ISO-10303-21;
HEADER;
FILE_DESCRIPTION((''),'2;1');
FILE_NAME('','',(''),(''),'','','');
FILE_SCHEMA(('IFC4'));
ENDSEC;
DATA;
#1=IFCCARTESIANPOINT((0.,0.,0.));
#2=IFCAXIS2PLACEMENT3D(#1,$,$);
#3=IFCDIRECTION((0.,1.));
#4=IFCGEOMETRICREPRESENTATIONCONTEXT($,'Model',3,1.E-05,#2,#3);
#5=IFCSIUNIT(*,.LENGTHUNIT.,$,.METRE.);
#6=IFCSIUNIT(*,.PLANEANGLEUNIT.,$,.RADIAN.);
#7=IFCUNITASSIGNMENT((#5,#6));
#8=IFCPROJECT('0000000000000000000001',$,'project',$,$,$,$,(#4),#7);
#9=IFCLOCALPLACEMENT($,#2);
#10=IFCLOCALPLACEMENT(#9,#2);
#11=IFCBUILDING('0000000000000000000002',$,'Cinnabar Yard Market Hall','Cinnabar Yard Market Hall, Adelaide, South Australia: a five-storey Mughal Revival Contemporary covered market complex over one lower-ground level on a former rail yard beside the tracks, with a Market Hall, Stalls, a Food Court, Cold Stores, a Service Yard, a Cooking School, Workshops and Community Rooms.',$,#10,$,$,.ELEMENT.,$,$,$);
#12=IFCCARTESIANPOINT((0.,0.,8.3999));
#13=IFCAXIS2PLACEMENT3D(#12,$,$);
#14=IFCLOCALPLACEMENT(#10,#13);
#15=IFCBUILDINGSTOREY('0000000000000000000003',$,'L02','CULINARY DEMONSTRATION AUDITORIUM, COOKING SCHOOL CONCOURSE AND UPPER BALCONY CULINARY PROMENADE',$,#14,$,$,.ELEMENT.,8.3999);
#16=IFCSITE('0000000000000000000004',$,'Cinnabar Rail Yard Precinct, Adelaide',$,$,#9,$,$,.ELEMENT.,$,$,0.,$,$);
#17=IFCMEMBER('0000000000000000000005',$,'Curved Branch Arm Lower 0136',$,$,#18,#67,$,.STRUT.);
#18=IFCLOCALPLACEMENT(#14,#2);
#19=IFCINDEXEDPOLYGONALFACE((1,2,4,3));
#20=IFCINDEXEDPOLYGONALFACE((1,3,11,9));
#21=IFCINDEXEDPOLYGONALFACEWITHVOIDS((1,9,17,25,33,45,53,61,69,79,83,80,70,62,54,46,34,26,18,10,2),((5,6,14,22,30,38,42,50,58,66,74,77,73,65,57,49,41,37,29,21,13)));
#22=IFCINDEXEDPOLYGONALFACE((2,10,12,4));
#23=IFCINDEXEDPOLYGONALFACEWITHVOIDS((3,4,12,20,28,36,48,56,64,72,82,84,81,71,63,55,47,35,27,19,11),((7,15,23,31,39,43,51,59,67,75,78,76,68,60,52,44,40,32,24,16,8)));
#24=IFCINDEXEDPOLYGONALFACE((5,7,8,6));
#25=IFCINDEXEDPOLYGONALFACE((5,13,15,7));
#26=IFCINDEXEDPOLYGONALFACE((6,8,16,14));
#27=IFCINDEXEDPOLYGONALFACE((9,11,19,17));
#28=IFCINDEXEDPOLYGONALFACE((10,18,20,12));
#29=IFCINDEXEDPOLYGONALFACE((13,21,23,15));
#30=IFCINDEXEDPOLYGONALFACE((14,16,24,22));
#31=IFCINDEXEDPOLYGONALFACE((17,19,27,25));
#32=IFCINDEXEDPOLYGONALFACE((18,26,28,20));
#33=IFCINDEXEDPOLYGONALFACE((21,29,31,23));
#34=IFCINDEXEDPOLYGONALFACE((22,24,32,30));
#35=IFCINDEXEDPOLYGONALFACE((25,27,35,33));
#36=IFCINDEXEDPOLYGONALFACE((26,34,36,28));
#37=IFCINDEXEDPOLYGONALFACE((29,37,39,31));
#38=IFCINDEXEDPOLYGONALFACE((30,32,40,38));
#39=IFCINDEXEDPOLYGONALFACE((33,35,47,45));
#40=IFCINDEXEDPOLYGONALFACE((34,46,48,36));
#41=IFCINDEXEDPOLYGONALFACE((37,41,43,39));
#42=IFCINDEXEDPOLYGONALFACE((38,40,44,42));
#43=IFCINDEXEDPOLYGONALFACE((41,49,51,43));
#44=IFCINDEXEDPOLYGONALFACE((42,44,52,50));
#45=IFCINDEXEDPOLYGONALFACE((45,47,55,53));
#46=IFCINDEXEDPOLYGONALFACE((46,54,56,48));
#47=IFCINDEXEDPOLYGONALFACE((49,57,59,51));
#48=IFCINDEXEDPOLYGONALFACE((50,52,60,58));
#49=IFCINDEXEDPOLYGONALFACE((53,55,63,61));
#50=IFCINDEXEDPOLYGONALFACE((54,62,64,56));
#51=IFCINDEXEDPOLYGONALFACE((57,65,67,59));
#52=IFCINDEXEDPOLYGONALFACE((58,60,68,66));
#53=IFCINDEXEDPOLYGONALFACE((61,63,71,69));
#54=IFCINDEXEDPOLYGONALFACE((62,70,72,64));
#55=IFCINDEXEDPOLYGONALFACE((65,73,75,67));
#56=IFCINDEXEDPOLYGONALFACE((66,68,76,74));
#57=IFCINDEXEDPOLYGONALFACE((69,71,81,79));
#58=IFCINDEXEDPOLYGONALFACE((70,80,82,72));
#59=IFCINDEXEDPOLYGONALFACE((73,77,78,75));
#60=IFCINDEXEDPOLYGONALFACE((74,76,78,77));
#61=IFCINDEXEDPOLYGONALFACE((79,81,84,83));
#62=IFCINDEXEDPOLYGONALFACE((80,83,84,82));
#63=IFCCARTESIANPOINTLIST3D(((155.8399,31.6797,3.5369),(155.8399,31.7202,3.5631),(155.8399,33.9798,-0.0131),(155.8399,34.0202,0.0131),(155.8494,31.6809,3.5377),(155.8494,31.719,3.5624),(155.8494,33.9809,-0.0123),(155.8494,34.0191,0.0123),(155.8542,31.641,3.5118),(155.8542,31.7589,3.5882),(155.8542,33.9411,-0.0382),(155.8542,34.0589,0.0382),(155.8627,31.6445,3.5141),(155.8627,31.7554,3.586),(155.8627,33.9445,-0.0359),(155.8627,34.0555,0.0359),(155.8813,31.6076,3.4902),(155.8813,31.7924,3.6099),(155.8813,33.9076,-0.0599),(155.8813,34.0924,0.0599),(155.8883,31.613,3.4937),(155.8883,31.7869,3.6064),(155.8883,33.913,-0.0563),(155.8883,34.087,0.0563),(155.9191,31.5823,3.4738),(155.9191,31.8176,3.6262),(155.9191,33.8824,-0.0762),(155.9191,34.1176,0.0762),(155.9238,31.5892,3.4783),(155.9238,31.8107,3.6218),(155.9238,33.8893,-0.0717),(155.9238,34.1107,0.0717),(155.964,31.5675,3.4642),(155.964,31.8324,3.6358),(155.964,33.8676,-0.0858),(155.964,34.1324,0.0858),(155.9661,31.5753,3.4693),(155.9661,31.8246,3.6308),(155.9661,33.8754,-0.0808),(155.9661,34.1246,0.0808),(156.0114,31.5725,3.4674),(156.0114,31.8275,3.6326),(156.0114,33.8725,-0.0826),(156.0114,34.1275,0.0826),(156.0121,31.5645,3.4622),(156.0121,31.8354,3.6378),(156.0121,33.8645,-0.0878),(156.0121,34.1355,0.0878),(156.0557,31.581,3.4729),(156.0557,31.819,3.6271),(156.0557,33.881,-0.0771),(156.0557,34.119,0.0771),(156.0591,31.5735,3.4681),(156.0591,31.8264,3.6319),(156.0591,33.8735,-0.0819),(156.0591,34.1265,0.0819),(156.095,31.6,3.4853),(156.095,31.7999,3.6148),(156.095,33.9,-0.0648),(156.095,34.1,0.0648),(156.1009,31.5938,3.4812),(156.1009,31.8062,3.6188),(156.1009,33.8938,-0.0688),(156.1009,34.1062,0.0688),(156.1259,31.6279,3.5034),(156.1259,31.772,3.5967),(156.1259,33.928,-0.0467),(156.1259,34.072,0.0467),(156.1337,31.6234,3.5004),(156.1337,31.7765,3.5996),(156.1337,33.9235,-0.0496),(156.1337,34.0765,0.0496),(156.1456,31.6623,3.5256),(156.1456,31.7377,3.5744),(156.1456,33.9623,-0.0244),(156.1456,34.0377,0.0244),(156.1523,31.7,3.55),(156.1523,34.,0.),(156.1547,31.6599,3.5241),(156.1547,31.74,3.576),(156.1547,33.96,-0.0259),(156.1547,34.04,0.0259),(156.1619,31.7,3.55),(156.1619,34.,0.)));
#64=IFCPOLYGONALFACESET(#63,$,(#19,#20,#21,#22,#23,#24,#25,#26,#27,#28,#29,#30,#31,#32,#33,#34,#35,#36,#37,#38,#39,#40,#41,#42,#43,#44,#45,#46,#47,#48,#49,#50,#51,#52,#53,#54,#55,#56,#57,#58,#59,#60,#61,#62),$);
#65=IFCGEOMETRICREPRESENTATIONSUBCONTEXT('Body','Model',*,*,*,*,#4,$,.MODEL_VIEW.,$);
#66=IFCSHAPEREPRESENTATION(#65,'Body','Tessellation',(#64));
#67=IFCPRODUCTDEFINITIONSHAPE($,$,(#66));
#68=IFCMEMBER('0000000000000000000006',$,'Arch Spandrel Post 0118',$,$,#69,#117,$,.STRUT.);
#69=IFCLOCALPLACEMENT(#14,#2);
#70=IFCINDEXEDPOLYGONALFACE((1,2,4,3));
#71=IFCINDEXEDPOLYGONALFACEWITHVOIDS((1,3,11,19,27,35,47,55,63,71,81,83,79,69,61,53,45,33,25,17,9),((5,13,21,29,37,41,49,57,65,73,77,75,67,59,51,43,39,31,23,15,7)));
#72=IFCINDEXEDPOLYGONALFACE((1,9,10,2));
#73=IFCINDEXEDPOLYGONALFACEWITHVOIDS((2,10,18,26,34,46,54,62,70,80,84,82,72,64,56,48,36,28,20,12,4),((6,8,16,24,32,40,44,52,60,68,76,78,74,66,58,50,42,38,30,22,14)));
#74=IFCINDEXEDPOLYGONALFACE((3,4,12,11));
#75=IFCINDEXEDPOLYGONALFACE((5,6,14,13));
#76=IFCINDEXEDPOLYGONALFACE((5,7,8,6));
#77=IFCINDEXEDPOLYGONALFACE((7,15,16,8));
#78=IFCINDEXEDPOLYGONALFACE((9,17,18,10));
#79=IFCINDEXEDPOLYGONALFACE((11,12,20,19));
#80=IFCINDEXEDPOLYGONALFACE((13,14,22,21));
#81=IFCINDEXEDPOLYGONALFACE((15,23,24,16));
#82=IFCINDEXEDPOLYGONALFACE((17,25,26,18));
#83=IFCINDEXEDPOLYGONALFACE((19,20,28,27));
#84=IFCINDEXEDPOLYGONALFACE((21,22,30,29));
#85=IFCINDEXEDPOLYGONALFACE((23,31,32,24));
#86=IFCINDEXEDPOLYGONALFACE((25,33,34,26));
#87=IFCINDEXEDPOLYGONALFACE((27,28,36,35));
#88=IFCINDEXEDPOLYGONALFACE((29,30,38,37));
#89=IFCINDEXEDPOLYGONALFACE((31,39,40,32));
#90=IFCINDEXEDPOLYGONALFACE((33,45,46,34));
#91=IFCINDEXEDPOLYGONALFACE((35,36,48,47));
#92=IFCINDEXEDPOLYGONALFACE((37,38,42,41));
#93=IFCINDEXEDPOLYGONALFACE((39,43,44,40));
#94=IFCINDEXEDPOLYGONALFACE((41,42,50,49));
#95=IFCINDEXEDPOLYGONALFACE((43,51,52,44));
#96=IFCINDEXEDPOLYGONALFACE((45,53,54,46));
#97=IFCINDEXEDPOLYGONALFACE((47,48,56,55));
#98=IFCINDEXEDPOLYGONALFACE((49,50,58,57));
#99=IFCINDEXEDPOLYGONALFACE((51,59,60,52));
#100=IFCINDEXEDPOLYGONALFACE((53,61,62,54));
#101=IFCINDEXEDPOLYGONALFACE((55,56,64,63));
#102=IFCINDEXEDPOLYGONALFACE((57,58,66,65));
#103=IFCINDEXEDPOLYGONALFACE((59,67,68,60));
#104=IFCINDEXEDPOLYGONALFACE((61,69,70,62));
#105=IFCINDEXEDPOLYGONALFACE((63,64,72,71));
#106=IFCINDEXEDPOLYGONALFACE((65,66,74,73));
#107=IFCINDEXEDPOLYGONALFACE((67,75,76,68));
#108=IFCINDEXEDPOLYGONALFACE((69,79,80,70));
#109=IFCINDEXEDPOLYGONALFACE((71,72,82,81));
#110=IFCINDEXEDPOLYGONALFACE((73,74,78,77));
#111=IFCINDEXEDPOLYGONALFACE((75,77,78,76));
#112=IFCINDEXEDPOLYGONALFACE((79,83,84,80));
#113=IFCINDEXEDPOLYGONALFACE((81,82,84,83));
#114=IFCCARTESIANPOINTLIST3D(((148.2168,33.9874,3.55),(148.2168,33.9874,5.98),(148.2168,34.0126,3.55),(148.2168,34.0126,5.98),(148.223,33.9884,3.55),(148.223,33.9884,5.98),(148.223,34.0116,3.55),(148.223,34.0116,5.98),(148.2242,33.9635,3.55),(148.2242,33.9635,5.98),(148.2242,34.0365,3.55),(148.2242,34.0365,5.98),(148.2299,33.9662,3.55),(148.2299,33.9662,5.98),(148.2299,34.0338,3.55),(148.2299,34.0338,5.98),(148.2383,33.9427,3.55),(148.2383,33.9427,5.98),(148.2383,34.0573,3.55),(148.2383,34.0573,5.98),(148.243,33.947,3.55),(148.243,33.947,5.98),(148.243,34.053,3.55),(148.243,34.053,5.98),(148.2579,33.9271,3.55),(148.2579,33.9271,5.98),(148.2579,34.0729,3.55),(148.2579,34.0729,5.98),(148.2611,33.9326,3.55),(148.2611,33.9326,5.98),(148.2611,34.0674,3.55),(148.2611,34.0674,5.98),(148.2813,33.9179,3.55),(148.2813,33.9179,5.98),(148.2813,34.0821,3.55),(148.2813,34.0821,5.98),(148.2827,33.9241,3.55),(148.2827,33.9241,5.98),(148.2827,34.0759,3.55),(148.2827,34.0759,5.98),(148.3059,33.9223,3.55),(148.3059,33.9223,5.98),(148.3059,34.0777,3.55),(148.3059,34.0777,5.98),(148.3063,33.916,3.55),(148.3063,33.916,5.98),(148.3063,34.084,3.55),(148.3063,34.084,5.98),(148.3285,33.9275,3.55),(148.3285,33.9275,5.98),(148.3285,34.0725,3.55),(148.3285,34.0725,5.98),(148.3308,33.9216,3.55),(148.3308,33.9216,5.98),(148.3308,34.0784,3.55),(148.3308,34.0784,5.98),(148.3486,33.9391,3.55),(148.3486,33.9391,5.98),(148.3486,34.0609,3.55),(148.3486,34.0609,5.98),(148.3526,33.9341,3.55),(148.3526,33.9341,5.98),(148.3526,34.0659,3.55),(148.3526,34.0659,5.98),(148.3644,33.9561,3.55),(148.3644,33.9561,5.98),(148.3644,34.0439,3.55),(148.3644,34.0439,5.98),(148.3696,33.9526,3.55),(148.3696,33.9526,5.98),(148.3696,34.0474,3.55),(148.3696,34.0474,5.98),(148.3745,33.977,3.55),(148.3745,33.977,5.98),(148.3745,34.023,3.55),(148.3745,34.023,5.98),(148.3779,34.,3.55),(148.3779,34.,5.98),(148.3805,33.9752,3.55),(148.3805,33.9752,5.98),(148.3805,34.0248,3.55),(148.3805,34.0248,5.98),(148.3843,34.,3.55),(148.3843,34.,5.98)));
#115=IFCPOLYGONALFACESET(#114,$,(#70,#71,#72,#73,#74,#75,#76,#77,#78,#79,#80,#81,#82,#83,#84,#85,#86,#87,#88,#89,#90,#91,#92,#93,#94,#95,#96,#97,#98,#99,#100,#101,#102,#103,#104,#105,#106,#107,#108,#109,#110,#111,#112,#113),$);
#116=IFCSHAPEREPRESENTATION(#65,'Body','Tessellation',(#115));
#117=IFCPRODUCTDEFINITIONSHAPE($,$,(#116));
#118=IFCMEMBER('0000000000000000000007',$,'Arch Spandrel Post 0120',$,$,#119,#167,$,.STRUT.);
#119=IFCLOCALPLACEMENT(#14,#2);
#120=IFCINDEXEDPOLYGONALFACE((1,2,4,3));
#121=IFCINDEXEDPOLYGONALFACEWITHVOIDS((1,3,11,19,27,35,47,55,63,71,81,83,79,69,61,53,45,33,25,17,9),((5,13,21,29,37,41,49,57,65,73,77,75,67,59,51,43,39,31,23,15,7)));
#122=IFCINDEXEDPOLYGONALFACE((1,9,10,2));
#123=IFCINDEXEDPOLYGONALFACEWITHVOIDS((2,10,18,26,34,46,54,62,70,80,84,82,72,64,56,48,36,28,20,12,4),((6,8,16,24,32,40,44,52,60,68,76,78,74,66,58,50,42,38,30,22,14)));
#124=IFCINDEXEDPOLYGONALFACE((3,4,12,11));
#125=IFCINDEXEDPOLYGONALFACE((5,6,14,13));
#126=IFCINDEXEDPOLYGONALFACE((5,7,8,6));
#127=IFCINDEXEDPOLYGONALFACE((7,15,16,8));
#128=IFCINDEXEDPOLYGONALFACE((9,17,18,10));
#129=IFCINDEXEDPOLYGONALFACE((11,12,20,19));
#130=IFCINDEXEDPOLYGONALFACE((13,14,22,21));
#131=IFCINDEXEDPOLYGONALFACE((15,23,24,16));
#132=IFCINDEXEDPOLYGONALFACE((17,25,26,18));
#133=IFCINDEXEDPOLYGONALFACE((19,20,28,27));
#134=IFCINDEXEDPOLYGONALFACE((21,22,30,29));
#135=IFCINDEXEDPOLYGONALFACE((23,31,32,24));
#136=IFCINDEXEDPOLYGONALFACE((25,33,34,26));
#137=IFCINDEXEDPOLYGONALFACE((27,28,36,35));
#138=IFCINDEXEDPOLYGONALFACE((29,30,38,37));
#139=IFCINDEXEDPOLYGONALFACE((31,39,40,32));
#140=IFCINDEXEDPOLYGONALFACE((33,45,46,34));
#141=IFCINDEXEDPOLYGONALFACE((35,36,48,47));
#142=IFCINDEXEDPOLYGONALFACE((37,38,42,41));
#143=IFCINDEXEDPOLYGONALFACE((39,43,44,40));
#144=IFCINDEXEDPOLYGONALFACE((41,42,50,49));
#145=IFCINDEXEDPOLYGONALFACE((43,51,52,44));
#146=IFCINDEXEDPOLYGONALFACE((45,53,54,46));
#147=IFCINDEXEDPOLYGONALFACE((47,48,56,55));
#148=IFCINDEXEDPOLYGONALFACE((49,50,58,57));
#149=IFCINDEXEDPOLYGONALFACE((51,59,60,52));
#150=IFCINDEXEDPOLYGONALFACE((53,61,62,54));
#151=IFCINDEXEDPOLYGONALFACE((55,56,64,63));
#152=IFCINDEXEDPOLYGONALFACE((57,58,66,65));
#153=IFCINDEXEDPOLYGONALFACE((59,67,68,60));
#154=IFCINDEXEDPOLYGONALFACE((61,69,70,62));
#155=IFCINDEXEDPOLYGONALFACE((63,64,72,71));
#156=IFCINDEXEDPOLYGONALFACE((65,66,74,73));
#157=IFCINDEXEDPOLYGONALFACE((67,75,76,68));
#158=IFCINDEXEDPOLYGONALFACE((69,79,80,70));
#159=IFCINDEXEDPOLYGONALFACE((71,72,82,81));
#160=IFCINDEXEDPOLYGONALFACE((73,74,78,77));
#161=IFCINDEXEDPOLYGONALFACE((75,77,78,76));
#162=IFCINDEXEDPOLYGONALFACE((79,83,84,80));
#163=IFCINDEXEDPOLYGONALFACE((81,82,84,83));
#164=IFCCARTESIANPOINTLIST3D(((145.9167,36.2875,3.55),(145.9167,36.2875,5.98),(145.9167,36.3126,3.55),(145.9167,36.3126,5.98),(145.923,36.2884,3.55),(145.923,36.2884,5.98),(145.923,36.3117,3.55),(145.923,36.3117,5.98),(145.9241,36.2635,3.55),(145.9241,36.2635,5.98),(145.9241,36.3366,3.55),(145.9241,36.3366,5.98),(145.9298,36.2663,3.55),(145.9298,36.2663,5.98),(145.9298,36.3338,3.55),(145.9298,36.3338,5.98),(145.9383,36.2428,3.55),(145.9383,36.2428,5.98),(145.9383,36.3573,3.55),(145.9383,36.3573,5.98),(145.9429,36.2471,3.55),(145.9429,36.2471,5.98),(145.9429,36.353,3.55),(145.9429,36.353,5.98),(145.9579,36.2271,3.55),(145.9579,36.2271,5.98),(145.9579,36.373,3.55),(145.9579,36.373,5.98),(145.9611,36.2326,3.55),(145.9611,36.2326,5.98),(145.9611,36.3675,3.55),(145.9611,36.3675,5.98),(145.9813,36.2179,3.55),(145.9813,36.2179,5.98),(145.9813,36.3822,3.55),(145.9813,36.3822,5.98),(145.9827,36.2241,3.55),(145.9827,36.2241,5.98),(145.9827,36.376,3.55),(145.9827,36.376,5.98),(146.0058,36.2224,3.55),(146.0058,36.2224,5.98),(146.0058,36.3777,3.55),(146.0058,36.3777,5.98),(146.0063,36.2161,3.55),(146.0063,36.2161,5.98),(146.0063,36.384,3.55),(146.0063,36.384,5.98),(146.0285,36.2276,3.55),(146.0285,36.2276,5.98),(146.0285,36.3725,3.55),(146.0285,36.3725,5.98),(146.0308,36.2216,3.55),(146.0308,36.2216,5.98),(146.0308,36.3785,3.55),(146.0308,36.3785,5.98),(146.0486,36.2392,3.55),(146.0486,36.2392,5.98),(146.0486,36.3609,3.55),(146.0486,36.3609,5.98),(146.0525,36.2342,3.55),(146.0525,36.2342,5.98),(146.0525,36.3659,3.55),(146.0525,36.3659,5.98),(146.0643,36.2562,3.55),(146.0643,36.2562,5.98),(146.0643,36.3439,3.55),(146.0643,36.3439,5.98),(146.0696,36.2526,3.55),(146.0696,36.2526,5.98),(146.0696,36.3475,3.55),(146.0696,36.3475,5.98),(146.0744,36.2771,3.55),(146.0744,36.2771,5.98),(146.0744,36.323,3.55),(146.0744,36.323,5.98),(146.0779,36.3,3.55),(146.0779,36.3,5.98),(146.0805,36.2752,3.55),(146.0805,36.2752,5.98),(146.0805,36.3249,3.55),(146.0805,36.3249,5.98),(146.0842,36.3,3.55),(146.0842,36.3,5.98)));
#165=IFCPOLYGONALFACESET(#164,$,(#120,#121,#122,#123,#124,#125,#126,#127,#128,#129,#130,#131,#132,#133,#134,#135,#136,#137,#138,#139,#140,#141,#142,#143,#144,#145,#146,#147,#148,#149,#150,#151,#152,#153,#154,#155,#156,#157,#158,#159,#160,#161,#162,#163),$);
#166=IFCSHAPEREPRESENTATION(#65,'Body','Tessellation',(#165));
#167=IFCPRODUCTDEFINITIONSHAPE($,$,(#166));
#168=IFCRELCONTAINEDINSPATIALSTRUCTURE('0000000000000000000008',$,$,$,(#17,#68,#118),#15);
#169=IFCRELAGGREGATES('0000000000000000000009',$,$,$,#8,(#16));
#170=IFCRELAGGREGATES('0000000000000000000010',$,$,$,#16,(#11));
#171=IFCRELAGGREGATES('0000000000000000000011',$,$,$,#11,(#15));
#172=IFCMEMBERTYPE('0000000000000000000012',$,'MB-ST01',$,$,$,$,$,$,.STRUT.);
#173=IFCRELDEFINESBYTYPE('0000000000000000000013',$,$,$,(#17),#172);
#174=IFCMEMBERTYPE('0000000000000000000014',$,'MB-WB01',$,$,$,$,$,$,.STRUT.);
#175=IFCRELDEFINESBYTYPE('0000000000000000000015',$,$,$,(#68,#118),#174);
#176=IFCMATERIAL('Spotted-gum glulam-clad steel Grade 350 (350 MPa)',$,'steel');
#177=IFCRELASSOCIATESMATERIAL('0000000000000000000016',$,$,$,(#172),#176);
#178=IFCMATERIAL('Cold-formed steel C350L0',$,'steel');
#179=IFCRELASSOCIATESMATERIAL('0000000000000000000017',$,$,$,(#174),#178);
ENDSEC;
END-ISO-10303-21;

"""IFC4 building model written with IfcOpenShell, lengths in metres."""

from ifc_helpers import new_model, si_unit, direction, frame, origin, origin_2d_with_axis, place, context, subcontext, project, spatial, hollow_circle, extrude, material, material_profile, profile_set, type_object, element, save


model = new_model("IFC4")

# Units and contexts
model_context = context("Model", 3, precision=1e-05, world=origin(), true_north=direction((0.0, 1.0)))
body_context = subcontext(model_context, "Body", "Model", "MODEL_VIEW")
ifc_project = project(units=[si_unit("LENGTHUNIT", "METRE"), si_unit("PLANEANGLEUNIT", "RADIAN")], contexts=[model_context])

# Site, building, storey
site_placement = place(None, origin())
site = spatial("IfcSite", under=ifc_project, at=site_placement, Name="Cinnabar Rail Yard Precinct, Adelaide", CompositionType="ELEMENT", RefElevation=0.0)
building_placement = place(site_placement, origin())
building = spatial("IfcBuilding", under=site, at=building_placement, Name="Cinnabar Yard Market Hall", Description="Cinnabar Yard Market Hall, Adelaide, South Australia: a five-storey Mughal Revival Contemporary covered market complex over one lower-ground level on a former rail yard beside the tracks, with a Market Hall, Stalls, a Food Court, Cold Stores, a Service Yard, a Cooking School, Workshops and Community Rooms.", CompositionType="ELEMENT")
storey_placement = place(building_placement, frame((0.0, 0.0, 8.3999)))
storey = spatial("IfcBuildingStorey", under=building, at=storey_placement, Name="L02", Description="CULINARY DEMONSTRATION AUDITORIUM, COOKING SCHOOL CONCOURSE AND UPPER BALCONY CULINARY PROMENADE", CompositionType="ELEMENT", Elevation=8.3999)

# Shared definitions
ifc_material_1 = material(Name="Spotted-gum glulam-clad steel Grade 350 (350 MPa)", Category="steel")
ifc_material_2 = material(Name="Cold-formed steel C350L0", Category="steel")

# Members
ifc_material_profile_1 = material_profile(ifc_material_1, hollow_circle(Radius=0.1619, WallThickness=0.0095, at=origin_2d_with_axis()), Name="323.9x9.5CHS")
ifc_profile_set_1 = profile_set([ifc_material_profile_1], Name="Spotted-gum glulam-clad steel Grade 350 (350 MPa)")
member_type_1 = type_object("IfcMemberType", Name="MB-ST01", PredefinedType="STRUT", material=ifc_profile_set_1)
for number, where, z_axis, x_axis, name in (
    (1, (156.0, 34.0, 0.0), (0.0, -0.543744, 0.839251), (1.0, 0.0, 0.0), "Curved Branch Arm Lower 0136"),
):
    element("IfcMember", number, at=place(storey_placement, frame(where, z_axis=z_axis, x_axis=x_axis)), inside=storey, type_object=member_type_1, Name=name, PredefinedType="STRUT", context=body_context, shape_type="SweptSolid", body=[
        extrude(hollow_circle(Radius=0.1619, WallThickness=0.0095, at=origin_2d_with_axis()), origin(), (0.0, 0.0, 1.0), 4.23),
    ])
ifc_material_profile_2 = material_profile(ifc_material_2, hollow_circle(Radius=0.0842, WallThickness=0.0063, at=origin_2d_with_axis()), Name="168.3x6.4CHS")
ifc_profile_set_2 = profile_set([ifc_material_profile_2], Name="Cold-formed steel C350L0")
member_type_2 = type_object("IfcMemberType", Name="MB-WB01", PredefinedType="STRUT", material=ifc_profile_set_2)
for number, where, z_axis, x_axis, name in (
    (2, (148.3, 34.0, 3.55), (0.0, 0.0, 1.0), (1.0, 0.0, 0.0), "Arch Spandrel Post 0118"),
    (3, (146.0, 36.3, 3.55), (0.0, 0.0, 1.0), (1.0, 0.0, 0.0), "Arch Spandrel Post 0120"),
):
    element("IfcMember", number, at=place(storey_placement, frame(where, z_axis=z_axis, x_axis=x_axis)), inside=storey, type_object=member_type_2, Name=name, PredefinedType="STRUT", context=body_context, shape_type="SweptSolid", body=[
        extrude(hollow_circle(Radius=0.0842, WallThickness=0.0063, at=origin_2d_with_axis()), origin(), (0.0, 0.0, 1.0), 2.4299),
    ])

save(model, "model.ifc")
